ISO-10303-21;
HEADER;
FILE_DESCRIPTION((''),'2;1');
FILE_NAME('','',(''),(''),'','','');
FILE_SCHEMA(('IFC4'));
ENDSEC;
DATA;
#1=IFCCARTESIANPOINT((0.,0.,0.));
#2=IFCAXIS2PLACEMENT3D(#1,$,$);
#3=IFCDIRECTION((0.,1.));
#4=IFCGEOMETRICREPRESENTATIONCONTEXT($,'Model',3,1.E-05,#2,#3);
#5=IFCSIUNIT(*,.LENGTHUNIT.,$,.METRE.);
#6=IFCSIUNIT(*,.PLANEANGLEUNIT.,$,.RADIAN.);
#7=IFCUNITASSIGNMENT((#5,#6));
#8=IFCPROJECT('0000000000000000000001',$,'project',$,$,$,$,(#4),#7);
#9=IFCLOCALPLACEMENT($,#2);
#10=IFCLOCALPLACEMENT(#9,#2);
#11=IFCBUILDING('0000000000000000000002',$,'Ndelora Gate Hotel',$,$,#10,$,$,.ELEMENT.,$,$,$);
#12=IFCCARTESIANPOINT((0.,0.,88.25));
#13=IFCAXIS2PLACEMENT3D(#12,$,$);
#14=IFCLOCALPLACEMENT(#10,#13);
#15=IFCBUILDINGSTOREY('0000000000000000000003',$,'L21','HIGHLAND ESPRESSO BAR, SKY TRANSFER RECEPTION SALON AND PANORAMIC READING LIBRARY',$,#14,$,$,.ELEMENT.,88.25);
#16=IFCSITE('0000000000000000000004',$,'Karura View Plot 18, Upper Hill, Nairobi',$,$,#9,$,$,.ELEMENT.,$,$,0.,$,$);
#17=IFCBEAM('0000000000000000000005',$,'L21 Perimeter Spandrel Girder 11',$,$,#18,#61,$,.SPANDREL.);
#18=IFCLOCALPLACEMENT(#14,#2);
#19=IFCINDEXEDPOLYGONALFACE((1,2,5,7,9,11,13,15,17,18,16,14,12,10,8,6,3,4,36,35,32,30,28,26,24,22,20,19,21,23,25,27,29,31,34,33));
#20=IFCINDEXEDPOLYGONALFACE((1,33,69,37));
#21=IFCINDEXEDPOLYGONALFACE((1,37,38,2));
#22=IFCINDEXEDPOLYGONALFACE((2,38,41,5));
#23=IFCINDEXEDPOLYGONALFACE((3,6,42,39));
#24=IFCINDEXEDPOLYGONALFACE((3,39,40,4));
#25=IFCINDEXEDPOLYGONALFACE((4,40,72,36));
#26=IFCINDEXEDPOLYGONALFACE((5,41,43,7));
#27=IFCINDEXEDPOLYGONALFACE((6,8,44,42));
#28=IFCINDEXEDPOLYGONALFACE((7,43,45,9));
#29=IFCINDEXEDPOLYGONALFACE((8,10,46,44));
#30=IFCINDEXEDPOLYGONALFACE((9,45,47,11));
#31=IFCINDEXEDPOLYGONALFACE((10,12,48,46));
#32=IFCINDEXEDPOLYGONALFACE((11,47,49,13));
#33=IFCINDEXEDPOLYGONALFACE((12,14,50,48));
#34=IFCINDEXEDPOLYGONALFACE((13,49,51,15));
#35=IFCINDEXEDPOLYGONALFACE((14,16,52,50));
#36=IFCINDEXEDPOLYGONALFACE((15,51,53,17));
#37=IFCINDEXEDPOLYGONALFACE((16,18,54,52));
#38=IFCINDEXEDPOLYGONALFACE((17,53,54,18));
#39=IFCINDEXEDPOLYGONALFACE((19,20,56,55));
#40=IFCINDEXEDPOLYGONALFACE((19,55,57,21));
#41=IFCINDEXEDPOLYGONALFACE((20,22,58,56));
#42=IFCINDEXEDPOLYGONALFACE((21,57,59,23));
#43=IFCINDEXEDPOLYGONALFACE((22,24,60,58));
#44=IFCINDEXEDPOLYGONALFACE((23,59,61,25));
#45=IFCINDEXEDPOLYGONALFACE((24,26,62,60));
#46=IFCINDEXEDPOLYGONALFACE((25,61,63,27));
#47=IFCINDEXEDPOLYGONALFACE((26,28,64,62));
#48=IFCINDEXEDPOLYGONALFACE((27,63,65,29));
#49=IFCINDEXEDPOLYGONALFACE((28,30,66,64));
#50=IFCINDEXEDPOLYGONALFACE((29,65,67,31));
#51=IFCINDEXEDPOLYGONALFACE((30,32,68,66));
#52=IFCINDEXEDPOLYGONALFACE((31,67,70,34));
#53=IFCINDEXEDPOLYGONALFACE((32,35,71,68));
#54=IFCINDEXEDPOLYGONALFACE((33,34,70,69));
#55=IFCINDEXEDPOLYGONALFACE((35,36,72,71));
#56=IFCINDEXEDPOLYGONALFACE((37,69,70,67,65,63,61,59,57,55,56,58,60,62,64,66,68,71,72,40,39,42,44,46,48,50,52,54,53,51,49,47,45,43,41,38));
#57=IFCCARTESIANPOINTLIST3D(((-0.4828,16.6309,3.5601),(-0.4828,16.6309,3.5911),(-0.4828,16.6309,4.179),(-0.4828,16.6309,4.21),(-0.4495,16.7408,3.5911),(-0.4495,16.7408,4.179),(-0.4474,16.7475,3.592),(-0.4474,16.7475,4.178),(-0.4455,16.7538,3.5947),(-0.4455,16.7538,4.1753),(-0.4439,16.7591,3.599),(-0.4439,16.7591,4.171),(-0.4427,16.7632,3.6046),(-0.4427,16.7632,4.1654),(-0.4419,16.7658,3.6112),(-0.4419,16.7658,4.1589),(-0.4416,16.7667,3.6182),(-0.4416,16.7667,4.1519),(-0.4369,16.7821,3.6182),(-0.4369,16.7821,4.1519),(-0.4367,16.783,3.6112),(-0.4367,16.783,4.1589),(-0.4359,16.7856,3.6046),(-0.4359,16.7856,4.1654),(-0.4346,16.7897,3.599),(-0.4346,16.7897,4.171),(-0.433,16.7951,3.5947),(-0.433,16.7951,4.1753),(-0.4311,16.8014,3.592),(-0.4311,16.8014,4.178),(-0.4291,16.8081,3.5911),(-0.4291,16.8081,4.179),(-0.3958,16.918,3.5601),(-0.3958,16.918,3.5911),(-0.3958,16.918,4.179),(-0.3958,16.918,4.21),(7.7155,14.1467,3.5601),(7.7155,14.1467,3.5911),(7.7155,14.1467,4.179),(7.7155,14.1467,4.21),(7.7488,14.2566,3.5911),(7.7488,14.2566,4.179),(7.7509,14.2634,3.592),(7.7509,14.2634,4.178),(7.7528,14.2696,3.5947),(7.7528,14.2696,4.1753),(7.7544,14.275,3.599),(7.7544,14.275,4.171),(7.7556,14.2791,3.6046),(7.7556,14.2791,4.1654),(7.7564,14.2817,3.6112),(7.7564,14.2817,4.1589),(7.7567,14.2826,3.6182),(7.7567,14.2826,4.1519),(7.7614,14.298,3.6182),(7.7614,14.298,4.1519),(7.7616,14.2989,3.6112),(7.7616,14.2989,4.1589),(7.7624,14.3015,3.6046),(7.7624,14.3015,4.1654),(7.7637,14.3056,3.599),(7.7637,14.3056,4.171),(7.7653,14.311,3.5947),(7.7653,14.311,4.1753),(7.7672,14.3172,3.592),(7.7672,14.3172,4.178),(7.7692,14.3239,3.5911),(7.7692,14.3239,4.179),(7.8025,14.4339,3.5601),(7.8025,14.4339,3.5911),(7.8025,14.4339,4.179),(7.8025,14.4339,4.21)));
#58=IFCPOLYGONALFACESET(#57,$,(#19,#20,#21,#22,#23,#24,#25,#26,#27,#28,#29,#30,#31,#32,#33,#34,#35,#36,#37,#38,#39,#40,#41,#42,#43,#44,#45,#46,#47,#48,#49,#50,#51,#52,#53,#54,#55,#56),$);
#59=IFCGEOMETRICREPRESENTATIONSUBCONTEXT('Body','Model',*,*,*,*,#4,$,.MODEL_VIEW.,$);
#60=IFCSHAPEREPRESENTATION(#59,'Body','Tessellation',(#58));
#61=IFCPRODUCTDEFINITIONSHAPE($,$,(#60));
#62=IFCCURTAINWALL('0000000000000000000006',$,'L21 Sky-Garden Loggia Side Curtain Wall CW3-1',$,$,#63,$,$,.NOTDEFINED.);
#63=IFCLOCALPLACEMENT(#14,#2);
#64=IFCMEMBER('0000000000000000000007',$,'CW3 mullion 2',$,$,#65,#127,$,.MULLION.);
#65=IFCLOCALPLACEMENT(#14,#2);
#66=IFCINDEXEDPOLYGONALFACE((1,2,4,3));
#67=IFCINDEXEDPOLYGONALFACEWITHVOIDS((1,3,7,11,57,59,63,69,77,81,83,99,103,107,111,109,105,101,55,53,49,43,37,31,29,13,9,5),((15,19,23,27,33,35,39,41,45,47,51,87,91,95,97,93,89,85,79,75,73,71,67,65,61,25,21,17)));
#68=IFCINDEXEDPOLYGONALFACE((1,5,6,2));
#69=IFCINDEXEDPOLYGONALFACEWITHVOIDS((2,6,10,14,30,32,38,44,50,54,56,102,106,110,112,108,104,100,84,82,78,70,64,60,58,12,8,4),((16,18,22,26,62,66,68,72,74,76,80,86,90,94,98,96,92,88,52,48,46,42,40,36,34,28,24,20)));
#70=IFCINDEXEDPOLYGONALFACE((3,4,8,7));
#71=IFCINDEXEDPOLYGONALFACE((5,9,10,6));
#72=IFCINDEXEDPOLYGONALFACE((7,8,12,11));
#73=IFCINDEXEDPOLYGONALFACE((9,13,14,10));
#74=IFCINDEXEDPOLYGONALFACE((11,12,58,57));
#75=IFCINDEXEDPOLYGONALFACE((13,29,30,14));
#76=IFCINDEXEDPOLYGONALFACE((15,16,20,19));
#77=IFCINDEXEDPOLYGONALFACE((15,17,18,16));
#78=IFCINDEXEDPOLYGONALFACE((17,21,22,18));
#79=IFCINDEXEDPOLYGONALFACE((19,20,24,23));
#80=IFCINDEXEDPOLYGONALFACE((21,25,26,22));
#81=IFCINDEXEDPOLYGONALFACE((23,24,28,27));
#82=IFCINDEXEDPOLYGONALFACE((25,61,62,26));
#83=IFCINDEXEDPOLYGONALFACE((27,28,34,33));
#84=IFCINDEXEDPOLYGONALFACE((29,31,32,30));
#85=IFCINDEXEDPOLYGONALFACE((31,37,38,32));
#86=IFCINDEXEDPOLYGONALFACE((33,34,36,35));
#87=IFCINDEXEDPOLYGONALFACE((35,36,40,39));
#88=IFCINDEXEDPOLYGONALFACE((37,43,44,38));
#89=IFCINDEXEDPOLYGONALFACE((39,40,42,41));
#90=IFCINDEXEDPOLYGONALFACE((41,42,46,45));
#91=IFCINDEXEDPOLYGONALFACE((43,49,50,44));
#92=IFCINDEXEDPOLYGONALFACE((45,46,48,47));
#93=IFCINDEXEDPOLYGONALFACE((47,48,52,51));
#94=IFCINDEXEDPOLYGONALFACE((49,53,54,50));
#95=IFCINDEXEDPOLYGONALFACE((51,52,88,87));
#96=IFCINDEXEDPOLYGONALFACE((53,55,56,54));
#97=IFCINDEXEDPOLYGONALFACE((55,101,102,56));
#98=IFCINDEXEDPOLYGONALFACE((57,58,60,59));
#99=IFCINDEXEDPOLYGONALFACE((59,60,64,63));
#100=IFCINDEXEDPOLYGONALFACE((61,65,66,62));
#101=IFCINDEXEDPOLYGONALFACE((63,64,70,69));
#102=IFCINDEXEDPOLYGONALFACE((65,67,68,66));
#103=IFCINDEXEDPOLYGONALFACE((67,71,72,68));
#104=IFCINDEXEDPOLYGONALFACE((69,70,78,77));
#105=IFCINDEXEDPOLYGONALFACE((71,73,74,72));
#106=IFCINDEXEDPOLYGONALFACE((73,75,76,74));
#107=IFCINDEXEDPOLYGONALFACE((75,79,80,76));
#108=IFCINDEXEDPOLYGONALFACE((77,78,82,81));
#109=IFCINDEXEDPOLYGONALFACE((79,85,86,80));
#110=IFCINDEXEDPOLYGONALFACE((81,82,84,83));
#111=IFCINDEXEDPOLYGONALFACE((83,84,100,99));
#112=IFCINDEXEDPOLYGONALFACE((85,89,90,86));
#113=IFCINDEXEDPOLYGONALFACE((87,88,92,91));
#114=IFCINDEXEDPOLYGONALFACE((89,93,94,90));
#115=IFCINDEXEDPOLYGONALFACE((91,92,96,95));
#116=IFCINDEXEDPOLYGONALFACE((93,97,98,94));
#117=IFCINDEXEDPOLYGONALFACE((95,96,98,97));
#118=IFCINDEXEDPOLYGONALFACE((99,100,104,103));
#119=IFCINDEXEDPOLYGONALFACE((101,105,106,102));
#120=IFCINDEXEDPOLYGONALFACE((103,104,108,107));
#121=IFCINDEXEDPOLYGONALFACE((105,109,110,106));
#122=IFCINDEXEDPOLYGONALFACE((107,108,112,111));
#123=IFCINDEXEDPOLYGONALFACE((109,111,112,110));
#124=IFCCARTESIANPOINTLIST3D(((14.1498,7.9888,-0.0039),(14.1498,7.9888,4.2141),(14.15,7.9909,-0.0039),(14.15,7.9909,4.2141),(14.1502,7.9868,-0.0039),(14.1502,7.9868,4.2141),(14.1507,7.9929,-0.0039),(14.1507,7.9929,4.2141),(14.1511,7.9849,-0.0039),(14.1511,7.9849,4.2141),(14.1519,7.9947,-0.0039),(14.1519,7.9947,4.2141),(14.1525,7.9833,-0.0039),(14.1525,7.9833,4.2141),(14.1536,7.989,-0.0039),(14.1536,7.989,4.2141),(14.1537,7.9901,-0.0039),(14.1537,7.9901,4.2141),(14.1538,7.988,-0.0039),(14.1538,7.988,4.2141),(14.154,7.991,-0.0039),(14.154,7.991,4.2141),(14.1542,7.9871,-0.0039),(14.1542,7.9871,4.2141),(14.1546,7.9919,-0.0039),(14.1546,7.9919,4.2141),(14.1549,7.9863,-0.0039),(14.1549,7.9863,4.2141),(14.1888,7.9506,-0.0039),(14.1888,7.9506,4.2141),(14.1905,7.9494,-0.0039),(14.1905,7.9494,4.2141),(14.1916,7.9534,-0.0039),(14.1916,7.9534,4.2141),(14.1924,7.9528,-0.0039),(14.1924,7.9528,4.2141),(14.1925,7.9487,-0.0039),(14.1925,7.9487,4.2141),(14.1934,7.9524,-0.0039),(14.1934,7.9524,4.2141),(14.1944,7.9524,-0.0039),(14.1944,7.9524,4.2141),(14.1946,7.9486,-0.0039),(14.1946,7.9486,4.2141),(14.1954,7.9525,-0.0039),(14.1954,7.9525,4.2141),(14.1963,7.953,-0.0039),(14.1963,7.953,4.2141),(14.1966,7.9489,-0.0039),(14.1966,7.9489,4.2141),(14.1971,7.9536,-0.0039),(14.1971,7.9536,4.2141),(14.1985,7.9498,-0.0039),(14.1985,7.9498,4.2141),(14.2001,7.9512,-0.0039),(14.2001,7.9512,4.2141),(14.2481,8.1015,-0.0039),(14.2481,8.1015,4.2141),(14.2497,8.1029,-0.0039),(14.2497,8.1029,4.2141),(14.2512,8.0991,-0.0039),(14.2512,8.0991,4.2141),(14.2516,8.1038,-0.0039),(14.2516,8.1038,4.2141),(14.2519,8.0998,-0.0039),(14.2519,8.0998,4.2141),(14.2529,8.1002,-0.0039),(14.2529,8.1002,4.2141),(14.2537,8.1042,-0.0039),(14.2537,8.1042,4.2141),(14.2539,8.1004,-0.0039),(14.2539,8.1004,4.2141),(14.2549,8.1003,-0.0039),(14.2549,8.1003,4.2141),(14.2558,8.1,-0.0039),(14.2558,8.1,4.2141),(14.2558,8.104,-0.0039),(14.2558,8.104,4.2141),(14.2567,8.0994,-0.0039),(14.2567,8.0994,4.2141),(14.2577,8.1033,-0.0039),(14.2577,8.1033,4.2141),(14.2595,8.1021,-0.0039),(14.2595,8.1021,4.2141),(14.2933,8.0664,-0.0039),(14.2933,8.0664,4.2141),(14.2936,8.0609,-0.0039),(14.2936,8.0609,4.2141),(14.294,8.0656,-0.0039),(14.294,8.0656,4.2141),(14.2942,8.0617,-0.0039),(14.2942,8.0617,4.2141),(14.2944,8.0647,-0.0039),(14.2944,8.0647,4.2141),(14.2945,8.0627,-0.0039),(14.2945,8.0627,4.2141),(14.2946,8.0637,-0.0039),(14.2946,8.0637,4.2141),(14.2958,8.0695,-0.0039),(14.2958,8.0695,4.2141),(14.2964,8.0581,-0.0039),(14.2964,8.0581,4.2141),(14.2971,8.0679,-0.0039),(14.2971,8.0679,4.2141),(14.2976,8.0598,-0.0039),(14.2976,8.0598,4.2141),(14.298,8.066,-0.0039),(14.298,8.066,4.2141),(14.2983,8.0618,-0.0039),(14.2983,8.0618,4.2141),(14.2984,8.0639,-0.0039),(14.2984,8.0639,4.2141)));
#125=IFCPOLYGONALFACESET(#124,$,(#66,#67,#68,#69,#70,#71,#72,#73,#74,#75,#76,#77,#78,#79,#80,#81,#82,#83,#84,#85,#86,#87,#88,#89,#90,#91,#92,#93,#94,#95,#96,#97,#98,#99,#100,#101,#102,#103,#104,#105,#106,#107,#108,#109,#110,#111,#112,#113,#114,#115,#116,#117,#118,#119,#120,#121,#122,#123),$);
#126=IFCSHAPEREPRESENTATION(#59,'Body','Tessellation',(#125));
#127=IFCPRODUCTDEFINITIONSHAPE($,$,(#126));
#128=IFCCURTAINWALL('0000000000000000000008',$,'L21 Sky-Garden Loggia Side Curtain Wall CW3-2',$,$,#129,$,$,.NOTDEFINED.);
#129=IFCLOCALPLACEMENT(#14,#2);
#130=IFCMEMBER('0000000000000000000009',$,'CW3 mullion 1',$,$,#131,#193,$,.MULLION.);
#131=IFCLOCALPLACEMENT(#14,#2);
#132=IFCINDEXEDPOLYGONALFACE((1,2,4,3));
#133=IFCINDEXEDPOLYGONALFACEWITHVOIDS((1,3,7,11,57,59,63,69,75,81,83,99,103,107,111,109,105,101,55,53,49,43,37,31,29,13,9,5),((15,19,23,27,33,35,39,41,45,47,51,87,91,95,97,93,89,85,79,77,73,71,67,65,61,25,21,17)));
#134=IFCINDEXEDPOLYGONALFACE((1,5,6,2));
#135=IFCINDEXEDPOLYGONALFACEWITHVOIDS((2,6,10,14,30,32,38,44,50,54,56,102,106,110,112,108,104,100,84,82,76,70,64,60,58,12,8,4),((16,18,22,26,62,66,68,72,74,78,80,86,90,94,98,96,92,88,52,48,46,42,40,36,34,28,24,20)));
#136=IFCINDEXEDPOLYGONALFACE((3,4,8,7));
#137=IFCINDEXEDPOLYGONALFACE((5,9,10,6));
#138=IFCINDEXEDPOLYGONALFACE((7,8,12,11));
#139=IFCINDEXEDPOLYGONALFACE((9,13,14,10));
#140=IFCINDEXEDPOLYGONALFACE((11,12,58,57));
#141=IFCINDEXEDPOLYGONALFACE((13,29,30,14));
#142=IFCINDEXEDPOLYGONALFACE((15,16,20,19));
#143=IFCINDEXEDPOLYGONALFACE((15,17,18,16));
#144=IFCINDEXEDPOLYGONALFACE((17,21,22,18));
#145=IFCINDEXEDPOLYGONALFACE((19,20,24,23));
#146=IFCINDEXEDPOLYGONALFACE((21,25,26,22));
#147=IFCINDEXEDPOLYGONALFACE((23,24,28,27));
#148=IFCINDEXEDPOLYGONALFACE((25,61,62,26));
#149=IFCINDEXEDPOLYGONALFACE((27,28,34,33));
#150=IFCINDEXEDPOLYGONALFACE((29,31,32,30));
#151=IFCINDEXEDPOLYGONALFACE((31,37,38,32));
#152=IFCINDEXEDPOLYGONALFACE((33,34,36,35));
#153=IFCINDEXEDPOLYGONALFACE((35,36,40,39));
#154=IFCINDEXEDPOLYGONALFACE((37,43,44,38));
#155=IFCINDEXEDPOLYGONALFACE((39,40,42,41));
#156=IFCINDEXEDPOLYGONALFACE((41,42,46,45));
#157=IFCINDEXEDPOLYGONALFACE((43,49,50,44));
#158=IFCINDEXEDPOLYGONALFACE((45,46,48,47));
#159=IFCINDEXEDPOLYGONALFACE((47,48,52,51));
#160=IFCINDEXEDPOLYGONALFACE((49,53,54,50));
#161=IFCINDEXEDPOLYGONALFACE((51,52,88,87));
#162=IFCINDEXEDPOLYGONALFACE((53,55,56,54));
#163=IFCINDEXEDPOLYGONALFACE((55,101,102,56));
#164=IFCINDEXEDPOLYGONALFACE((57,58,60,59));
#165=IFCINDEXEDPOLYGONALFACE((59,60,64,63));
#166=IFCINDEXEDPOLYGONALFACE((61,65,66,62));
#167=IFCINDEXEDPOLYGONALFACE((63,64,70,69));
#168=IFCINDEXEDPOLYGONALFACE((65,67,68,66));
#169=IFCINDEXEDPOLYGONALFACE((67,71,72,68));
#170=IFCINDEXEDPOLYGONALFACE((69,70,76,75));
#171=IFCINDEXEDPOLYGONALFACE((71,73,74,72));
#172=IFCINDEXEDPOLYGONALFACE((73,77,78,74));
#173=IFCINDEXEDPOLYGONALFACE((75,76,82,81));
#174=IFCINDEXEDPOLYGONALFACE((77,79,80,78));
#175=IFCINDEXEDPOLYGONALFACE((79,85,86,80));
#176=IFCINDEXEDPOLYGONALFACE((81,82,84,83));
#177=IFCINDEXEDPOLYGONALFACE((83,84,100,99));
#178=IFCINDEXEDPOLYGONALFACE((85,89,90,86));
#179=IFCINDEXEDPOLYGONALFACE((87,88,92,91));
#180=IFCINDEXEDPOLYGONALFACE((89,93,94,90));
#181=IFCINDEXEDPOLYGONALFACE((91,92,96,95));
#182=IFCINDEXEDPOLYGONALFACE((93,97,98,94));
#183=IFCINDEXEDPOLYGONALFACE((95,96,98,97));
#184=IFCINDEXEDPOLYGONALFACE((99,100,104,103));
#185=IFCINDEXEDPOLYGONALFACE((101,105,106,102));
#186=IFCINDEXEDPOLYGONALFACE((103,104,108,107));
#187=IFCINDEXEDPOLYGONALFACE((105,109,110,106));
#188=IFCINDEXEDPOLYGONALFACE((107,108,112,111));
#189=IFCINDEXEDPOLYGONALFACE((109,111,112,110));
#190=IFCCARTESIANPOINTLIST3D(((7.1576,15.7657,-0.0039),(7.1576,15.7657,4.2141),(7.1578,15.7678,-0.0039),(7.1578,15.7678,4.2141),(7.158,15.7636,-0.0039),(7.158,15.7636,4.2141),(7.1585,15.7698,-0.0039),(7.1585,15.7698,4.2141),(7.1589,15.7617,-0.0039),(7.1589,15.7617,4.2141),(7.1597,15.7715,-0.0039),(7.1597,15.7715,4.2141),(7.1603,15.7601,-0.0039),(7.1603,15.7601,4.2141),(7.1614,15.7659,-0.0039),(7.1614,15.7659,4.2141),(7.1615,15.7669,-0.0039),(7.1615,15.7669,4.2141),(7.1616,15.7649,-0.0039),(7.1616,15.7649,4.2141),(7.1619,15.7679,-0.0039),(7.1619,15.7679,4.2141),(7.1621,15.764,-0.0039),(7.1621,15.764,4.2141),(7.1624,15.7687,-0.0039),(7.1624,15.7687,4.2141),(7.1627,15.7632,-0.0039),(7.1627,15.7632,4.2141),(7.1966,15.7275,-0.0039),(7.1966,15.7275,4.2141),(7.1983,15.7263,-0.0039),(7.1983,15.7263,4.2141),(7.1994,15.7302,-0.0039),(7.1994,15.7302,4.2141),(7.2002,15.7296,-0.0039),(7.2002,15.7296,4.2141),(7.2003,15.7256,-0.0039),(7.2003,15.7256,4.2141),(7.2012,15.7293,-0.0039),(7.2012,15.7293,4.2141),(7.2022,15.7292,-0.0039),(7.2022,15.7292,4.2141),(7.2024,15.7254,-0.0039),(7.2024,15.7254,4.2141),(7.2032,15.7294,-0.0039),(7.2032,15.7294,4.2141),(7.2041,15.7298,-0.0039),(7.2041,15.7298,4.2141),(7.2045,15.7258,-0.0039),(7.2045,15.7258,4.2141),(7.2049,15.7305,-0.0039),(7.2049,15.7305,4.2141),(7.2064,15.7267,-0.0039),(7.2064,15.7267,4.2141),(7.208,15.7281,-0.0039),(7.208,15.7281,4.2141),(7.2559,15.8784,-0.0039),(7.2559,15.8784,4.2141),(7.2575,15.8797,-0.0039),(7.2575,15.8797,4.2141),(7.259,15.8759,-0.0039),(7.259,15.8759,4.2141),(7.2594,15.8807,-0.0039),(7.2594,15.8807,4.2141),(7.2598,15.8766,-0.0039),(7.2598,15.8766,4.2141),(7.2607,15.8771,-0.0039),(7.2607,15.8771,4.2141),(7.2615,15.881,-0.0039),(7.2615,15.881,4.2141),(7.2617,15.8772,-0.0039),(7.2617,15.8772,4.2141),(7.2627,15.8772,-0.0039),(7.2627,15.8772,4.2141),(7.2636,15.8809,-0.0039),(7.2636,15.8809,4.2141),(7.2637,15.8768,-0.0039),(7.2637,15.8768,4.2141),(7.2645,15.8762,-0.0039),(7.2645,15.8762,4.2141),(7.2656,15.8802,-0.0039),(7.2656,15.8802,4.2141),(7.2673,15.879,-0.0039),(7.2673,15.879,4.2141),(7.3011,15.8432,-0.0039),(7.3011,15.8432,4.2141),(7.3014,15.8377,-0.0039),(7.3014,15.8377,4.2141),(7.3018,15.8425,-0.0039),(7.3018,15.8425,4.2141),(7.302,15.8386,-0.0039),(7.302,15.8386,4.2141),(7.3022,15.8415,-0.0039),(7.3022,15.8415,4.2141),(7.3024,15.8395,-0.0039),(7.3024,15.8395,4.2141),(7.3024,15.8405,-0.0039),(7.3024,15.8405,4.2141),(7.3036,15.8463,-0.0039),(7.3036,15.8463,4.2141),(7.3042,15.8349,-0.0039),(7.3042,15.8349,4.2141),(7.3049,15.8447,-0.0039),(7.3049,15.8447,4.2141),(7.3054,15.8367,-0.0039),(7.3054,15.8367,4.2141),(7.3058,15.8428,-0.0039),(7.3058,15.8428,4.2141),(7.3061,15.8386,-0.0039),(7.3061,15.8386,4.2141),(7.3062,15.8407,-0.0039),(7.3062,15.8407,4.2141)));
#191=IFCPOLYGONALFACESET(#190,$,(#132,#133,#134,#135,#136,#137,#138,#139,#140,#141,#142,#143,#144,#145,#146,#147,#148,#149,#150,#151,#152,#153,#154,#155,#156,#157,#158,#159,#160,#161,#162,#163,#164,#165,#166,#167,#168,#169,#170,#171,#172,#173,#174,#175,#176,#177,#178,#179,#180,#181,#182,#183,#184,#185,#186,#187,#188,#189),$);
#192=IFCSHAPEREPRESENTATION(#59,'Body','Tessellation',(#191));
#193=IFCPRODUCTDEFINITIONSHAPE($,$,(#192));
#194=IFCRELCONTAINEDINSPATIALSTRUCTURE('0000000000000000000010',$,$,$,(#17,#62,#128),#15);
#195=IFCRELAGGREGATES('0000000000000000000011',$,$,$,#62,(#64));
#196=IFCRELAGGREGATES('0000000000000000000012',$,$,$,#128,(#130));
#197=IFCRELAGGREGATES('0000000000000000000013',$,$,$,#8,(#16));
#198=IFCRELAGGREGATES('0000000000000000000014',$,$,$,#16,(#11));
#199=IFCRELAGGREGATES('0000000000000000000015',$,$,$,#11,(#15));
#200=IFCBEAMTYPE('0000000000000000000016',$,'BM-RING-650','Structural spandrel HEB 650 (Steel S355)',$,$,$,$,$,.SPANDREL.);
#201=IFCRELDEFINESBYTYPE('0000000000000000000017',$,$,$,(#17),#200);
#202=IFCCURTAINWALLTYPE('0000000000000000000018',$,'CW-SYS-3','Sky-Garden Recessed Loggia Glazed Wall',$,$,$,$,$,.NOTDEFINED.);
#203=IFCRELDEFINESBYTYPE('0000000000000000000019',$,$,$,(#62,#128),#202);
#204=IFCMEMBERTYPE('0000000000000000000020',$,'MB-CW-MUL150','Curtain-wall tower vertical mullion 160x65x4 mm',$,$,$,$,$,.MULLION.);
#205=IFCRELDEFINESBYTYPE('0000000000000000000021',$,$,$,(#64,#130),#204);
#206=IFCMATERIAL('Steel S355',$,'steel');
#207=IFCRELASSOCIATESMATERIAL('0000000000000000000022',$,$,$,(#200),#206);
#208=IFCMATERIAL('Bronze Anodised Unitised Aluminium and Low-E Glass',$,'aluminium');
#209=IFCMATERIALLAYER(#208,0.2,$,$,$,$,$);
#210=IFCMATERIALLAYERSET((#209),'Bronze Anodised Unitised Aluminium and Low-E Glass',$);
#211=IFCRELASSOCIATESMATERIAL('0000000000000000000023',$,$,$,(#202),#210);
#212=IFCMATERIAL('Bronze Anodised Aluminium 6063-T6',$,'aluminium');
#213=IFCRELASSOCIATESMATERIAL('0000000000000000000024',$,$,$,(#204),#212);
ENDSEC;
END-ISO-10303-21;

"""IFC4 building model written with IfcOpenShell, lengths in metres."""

from ifc_helpers import new_model, si_unit, direction, frame, origin, origin_2d, place, context, subcontext, project, spatial, hollow_rectangle, i_section, extrude, material, layer, layer_set, material_profile, profile_set, type_object, element, aggregate, save


model = new_model("IFC4")

# Units and contexts
model_context = context("Model", 3, precision=1e-05, world=origin(), true_north=direction((0.0, 1.0)))
body_context = subcontext(model_context, "Body", "Model", "MODEL_VIEW")
ifc_project = project(units=[si_unit("LENGTHUNIT", "METRE"), si_unit("PLANEANGLEUNIT", "RADIAN")], contexts=[model_context])

# Site, building, storey
site_placement = place(None, origin())
site = spatial("IfcSite", under=ifc_project, at=site_placement, Name="Karura View Plot 18, Upper Hill, Nairobi", CompositionType="ELEMENT", RefElevation=0.0)
building_placement = place(site_placement, origin())
building = spatial("IfcBuilding", under=site, at=building_placement, Name="Ndelora Gate Hotel", CompositionType="ELEMENT")
storey_placement = place(building_placement, frame((0.0, 0.0, 88.25)))
storey = spatial("IfcBuildingStorey", under=building, at=storey_placement, Name="L21", Description="HIGHLAND ESPRESSO BAR, SKY TRANSFER RECEPTION SALON AND PANORAMIC READING LIBRARY", CompositionType="ELEMENT", Elevation=88.25)

# Beam
ifc_material_1 = material(Name="Steel S355", Category="steel")
ifc_material_profile_1 = material_profile(ifc_material_1, i_section(OverallWidth=0.3, OverallDepth=0.6499, WebThickness=0.0161, FlangeThickness=0.031, FilletRadius=0.0271, at=origin_2d()), Name="HEB 650")
ifc_profile_set_1 = profile_set([ifc_material_profile_1], Name="Steel S355")
beam_type_1 = type_object("IfcBeamType", Name="BM-RING-650", Description="Structural spandrel HEB 650 (Steel S355)", PredefinedType="SPANDREL", material=ifc_profile_set_1)
beam_1_placement = place(storey_placement, frame((7.759, 14.2903, 3.885), z_axis=(-0.95703, 0.289988, 0.0), x_axis=(-0.289988, -0.95703, 0.0)))
element("IfcBeam", 1, at=beam_1_placement, inside=storey, type_object=beam_type_1, Name="L21 Perimeter Spandrel Girder 11", PredefinedType="SPANDREL", context=body_context, shape_type="SweptSolid", body=[
    extrude(i_section(OverallWidth=0.3, OverallDepth=0.6499, WebThickness=0.0161, FlangeThickness=0.031, FilletRadius=0.0271, at=origin_2d()), origin(), (0.0, 0.0, 1.0), 8.5664),
])

# Curtain walls, members
ifc_material_2 = material(Name="Bronze Anodised Unitised Aluminium and Low-E Glass", Category="aluminium")
ifc_layer_1 = layer(ifc_material_2, 0.2)
ifc_layer_set_1 = layer_set([ifc_layer_1], Name="Bronze Anodised Unitised Aluminium and Low-E Glass")
curtain_wall_type = type_object("IfcCurtainWallType", Name="CW-SYS-3", Description="Sky-Garden Recessed Loggia Glazed Wall", PredefinedType="NOTDEFINED", material=ifc_layer_set_1)
curtain_wall_1_placement = place(storey_placement, origin())
curtain_wall_1 = element("IfcCurtainWall", 2, at=curtain_wall_1_placement, inside=storey, type_object=curtain_wall_type, Name="L21 Sky-Garden Loggia Side Curtain Wall CW3-1", PredefinedType="NOTDEFINED")
ifc_material_3 = material(Name="Bronze Anodised Aluminium 6063-T6", Category="aluminium")
ifc_material_profile_2 = material_profile(ifc_material_3, hollow_rectangle(XDim=0.0649, YDim=0.1599, WallThickness=0.0039, InnerFilletRadius=0.0039, OuterFilletRadius=0.0081, at=origin_2d()), Name="ALU 160x65x4")
ifc_profile_set_2 = profile_set([ifc_material_profile_2], Name="Bronze Anodised Aluminium 6063-T6")
member_type_1 = type_object("IfcMemberType", Name="MB-CW-MUL150", Description="Curtain-wall tower vertical mullion 160x65x4 mm", PredefinedType="MULLION", material=ifc_profile_set_2)
member_1_placement = place(storey_placement, frame((14.2241, 8.0264, -0.0039), z_axis=(0.0, 0.0, 1.0), x_axis=(-0.743158, 0.669115, 0.0)))
member_1 = element("IfcMember", 3, at=member_1_placement, type_object=member_type_1, Name="CW3 mullion 2", PredefinedType="MULLION", context=body_context, shape_type="SweptSolid", body=[
    extrude(hollow_rectangle(XDim=0.0649, YDim=0.1599, WallThickness=0.0039, InnerFilletRadius=0.0039, OuterFilletRadius=0.0081, at=origin_2d()), origin(), (0.0, 0.0, 1.0), 4.218),
])
curtain_wall_2_placement = place(storey_placement, origin())
curtain_wall_2 = element("IfcCurtainWall", 4, at=curtain_wall_2_placement, inside=storey, type_object=curtain_wall_type, Name="L21 Sky-Garden Loggia Side Curtain Wall CW3-2", PredefinedType="NOTDEFINED")
member_2_placement = place(storey_placement, frame((7.2319, 15.8032, -0.0039), z_axis=(0.0, 0.0, 1.0), x_axis=(0.743138, -0.669138, 0.0)))
member_2 = element("IfcMember", 5, at=member_2_placement, type_object=member_type_1, Name="CW3 mullion 1", PredefinedType="MULLION", context=body_context, shape_type="SweptSolid", body=[
    extrude(hollow_rectangle(XDim=0.0649, YDim=0.1599, WallThickness=0.0039, InnerFilletRadius=0.0039, OuterFilletRadius=0.0081, at=origin_2d()), origin(), (0.0, 0.0, 1.0), 4.218),
])

aggregate(curtain_wall_1, [member_1])
aggregate(curtain_wall_2, [member_2])

save(model, "model.ifc")
